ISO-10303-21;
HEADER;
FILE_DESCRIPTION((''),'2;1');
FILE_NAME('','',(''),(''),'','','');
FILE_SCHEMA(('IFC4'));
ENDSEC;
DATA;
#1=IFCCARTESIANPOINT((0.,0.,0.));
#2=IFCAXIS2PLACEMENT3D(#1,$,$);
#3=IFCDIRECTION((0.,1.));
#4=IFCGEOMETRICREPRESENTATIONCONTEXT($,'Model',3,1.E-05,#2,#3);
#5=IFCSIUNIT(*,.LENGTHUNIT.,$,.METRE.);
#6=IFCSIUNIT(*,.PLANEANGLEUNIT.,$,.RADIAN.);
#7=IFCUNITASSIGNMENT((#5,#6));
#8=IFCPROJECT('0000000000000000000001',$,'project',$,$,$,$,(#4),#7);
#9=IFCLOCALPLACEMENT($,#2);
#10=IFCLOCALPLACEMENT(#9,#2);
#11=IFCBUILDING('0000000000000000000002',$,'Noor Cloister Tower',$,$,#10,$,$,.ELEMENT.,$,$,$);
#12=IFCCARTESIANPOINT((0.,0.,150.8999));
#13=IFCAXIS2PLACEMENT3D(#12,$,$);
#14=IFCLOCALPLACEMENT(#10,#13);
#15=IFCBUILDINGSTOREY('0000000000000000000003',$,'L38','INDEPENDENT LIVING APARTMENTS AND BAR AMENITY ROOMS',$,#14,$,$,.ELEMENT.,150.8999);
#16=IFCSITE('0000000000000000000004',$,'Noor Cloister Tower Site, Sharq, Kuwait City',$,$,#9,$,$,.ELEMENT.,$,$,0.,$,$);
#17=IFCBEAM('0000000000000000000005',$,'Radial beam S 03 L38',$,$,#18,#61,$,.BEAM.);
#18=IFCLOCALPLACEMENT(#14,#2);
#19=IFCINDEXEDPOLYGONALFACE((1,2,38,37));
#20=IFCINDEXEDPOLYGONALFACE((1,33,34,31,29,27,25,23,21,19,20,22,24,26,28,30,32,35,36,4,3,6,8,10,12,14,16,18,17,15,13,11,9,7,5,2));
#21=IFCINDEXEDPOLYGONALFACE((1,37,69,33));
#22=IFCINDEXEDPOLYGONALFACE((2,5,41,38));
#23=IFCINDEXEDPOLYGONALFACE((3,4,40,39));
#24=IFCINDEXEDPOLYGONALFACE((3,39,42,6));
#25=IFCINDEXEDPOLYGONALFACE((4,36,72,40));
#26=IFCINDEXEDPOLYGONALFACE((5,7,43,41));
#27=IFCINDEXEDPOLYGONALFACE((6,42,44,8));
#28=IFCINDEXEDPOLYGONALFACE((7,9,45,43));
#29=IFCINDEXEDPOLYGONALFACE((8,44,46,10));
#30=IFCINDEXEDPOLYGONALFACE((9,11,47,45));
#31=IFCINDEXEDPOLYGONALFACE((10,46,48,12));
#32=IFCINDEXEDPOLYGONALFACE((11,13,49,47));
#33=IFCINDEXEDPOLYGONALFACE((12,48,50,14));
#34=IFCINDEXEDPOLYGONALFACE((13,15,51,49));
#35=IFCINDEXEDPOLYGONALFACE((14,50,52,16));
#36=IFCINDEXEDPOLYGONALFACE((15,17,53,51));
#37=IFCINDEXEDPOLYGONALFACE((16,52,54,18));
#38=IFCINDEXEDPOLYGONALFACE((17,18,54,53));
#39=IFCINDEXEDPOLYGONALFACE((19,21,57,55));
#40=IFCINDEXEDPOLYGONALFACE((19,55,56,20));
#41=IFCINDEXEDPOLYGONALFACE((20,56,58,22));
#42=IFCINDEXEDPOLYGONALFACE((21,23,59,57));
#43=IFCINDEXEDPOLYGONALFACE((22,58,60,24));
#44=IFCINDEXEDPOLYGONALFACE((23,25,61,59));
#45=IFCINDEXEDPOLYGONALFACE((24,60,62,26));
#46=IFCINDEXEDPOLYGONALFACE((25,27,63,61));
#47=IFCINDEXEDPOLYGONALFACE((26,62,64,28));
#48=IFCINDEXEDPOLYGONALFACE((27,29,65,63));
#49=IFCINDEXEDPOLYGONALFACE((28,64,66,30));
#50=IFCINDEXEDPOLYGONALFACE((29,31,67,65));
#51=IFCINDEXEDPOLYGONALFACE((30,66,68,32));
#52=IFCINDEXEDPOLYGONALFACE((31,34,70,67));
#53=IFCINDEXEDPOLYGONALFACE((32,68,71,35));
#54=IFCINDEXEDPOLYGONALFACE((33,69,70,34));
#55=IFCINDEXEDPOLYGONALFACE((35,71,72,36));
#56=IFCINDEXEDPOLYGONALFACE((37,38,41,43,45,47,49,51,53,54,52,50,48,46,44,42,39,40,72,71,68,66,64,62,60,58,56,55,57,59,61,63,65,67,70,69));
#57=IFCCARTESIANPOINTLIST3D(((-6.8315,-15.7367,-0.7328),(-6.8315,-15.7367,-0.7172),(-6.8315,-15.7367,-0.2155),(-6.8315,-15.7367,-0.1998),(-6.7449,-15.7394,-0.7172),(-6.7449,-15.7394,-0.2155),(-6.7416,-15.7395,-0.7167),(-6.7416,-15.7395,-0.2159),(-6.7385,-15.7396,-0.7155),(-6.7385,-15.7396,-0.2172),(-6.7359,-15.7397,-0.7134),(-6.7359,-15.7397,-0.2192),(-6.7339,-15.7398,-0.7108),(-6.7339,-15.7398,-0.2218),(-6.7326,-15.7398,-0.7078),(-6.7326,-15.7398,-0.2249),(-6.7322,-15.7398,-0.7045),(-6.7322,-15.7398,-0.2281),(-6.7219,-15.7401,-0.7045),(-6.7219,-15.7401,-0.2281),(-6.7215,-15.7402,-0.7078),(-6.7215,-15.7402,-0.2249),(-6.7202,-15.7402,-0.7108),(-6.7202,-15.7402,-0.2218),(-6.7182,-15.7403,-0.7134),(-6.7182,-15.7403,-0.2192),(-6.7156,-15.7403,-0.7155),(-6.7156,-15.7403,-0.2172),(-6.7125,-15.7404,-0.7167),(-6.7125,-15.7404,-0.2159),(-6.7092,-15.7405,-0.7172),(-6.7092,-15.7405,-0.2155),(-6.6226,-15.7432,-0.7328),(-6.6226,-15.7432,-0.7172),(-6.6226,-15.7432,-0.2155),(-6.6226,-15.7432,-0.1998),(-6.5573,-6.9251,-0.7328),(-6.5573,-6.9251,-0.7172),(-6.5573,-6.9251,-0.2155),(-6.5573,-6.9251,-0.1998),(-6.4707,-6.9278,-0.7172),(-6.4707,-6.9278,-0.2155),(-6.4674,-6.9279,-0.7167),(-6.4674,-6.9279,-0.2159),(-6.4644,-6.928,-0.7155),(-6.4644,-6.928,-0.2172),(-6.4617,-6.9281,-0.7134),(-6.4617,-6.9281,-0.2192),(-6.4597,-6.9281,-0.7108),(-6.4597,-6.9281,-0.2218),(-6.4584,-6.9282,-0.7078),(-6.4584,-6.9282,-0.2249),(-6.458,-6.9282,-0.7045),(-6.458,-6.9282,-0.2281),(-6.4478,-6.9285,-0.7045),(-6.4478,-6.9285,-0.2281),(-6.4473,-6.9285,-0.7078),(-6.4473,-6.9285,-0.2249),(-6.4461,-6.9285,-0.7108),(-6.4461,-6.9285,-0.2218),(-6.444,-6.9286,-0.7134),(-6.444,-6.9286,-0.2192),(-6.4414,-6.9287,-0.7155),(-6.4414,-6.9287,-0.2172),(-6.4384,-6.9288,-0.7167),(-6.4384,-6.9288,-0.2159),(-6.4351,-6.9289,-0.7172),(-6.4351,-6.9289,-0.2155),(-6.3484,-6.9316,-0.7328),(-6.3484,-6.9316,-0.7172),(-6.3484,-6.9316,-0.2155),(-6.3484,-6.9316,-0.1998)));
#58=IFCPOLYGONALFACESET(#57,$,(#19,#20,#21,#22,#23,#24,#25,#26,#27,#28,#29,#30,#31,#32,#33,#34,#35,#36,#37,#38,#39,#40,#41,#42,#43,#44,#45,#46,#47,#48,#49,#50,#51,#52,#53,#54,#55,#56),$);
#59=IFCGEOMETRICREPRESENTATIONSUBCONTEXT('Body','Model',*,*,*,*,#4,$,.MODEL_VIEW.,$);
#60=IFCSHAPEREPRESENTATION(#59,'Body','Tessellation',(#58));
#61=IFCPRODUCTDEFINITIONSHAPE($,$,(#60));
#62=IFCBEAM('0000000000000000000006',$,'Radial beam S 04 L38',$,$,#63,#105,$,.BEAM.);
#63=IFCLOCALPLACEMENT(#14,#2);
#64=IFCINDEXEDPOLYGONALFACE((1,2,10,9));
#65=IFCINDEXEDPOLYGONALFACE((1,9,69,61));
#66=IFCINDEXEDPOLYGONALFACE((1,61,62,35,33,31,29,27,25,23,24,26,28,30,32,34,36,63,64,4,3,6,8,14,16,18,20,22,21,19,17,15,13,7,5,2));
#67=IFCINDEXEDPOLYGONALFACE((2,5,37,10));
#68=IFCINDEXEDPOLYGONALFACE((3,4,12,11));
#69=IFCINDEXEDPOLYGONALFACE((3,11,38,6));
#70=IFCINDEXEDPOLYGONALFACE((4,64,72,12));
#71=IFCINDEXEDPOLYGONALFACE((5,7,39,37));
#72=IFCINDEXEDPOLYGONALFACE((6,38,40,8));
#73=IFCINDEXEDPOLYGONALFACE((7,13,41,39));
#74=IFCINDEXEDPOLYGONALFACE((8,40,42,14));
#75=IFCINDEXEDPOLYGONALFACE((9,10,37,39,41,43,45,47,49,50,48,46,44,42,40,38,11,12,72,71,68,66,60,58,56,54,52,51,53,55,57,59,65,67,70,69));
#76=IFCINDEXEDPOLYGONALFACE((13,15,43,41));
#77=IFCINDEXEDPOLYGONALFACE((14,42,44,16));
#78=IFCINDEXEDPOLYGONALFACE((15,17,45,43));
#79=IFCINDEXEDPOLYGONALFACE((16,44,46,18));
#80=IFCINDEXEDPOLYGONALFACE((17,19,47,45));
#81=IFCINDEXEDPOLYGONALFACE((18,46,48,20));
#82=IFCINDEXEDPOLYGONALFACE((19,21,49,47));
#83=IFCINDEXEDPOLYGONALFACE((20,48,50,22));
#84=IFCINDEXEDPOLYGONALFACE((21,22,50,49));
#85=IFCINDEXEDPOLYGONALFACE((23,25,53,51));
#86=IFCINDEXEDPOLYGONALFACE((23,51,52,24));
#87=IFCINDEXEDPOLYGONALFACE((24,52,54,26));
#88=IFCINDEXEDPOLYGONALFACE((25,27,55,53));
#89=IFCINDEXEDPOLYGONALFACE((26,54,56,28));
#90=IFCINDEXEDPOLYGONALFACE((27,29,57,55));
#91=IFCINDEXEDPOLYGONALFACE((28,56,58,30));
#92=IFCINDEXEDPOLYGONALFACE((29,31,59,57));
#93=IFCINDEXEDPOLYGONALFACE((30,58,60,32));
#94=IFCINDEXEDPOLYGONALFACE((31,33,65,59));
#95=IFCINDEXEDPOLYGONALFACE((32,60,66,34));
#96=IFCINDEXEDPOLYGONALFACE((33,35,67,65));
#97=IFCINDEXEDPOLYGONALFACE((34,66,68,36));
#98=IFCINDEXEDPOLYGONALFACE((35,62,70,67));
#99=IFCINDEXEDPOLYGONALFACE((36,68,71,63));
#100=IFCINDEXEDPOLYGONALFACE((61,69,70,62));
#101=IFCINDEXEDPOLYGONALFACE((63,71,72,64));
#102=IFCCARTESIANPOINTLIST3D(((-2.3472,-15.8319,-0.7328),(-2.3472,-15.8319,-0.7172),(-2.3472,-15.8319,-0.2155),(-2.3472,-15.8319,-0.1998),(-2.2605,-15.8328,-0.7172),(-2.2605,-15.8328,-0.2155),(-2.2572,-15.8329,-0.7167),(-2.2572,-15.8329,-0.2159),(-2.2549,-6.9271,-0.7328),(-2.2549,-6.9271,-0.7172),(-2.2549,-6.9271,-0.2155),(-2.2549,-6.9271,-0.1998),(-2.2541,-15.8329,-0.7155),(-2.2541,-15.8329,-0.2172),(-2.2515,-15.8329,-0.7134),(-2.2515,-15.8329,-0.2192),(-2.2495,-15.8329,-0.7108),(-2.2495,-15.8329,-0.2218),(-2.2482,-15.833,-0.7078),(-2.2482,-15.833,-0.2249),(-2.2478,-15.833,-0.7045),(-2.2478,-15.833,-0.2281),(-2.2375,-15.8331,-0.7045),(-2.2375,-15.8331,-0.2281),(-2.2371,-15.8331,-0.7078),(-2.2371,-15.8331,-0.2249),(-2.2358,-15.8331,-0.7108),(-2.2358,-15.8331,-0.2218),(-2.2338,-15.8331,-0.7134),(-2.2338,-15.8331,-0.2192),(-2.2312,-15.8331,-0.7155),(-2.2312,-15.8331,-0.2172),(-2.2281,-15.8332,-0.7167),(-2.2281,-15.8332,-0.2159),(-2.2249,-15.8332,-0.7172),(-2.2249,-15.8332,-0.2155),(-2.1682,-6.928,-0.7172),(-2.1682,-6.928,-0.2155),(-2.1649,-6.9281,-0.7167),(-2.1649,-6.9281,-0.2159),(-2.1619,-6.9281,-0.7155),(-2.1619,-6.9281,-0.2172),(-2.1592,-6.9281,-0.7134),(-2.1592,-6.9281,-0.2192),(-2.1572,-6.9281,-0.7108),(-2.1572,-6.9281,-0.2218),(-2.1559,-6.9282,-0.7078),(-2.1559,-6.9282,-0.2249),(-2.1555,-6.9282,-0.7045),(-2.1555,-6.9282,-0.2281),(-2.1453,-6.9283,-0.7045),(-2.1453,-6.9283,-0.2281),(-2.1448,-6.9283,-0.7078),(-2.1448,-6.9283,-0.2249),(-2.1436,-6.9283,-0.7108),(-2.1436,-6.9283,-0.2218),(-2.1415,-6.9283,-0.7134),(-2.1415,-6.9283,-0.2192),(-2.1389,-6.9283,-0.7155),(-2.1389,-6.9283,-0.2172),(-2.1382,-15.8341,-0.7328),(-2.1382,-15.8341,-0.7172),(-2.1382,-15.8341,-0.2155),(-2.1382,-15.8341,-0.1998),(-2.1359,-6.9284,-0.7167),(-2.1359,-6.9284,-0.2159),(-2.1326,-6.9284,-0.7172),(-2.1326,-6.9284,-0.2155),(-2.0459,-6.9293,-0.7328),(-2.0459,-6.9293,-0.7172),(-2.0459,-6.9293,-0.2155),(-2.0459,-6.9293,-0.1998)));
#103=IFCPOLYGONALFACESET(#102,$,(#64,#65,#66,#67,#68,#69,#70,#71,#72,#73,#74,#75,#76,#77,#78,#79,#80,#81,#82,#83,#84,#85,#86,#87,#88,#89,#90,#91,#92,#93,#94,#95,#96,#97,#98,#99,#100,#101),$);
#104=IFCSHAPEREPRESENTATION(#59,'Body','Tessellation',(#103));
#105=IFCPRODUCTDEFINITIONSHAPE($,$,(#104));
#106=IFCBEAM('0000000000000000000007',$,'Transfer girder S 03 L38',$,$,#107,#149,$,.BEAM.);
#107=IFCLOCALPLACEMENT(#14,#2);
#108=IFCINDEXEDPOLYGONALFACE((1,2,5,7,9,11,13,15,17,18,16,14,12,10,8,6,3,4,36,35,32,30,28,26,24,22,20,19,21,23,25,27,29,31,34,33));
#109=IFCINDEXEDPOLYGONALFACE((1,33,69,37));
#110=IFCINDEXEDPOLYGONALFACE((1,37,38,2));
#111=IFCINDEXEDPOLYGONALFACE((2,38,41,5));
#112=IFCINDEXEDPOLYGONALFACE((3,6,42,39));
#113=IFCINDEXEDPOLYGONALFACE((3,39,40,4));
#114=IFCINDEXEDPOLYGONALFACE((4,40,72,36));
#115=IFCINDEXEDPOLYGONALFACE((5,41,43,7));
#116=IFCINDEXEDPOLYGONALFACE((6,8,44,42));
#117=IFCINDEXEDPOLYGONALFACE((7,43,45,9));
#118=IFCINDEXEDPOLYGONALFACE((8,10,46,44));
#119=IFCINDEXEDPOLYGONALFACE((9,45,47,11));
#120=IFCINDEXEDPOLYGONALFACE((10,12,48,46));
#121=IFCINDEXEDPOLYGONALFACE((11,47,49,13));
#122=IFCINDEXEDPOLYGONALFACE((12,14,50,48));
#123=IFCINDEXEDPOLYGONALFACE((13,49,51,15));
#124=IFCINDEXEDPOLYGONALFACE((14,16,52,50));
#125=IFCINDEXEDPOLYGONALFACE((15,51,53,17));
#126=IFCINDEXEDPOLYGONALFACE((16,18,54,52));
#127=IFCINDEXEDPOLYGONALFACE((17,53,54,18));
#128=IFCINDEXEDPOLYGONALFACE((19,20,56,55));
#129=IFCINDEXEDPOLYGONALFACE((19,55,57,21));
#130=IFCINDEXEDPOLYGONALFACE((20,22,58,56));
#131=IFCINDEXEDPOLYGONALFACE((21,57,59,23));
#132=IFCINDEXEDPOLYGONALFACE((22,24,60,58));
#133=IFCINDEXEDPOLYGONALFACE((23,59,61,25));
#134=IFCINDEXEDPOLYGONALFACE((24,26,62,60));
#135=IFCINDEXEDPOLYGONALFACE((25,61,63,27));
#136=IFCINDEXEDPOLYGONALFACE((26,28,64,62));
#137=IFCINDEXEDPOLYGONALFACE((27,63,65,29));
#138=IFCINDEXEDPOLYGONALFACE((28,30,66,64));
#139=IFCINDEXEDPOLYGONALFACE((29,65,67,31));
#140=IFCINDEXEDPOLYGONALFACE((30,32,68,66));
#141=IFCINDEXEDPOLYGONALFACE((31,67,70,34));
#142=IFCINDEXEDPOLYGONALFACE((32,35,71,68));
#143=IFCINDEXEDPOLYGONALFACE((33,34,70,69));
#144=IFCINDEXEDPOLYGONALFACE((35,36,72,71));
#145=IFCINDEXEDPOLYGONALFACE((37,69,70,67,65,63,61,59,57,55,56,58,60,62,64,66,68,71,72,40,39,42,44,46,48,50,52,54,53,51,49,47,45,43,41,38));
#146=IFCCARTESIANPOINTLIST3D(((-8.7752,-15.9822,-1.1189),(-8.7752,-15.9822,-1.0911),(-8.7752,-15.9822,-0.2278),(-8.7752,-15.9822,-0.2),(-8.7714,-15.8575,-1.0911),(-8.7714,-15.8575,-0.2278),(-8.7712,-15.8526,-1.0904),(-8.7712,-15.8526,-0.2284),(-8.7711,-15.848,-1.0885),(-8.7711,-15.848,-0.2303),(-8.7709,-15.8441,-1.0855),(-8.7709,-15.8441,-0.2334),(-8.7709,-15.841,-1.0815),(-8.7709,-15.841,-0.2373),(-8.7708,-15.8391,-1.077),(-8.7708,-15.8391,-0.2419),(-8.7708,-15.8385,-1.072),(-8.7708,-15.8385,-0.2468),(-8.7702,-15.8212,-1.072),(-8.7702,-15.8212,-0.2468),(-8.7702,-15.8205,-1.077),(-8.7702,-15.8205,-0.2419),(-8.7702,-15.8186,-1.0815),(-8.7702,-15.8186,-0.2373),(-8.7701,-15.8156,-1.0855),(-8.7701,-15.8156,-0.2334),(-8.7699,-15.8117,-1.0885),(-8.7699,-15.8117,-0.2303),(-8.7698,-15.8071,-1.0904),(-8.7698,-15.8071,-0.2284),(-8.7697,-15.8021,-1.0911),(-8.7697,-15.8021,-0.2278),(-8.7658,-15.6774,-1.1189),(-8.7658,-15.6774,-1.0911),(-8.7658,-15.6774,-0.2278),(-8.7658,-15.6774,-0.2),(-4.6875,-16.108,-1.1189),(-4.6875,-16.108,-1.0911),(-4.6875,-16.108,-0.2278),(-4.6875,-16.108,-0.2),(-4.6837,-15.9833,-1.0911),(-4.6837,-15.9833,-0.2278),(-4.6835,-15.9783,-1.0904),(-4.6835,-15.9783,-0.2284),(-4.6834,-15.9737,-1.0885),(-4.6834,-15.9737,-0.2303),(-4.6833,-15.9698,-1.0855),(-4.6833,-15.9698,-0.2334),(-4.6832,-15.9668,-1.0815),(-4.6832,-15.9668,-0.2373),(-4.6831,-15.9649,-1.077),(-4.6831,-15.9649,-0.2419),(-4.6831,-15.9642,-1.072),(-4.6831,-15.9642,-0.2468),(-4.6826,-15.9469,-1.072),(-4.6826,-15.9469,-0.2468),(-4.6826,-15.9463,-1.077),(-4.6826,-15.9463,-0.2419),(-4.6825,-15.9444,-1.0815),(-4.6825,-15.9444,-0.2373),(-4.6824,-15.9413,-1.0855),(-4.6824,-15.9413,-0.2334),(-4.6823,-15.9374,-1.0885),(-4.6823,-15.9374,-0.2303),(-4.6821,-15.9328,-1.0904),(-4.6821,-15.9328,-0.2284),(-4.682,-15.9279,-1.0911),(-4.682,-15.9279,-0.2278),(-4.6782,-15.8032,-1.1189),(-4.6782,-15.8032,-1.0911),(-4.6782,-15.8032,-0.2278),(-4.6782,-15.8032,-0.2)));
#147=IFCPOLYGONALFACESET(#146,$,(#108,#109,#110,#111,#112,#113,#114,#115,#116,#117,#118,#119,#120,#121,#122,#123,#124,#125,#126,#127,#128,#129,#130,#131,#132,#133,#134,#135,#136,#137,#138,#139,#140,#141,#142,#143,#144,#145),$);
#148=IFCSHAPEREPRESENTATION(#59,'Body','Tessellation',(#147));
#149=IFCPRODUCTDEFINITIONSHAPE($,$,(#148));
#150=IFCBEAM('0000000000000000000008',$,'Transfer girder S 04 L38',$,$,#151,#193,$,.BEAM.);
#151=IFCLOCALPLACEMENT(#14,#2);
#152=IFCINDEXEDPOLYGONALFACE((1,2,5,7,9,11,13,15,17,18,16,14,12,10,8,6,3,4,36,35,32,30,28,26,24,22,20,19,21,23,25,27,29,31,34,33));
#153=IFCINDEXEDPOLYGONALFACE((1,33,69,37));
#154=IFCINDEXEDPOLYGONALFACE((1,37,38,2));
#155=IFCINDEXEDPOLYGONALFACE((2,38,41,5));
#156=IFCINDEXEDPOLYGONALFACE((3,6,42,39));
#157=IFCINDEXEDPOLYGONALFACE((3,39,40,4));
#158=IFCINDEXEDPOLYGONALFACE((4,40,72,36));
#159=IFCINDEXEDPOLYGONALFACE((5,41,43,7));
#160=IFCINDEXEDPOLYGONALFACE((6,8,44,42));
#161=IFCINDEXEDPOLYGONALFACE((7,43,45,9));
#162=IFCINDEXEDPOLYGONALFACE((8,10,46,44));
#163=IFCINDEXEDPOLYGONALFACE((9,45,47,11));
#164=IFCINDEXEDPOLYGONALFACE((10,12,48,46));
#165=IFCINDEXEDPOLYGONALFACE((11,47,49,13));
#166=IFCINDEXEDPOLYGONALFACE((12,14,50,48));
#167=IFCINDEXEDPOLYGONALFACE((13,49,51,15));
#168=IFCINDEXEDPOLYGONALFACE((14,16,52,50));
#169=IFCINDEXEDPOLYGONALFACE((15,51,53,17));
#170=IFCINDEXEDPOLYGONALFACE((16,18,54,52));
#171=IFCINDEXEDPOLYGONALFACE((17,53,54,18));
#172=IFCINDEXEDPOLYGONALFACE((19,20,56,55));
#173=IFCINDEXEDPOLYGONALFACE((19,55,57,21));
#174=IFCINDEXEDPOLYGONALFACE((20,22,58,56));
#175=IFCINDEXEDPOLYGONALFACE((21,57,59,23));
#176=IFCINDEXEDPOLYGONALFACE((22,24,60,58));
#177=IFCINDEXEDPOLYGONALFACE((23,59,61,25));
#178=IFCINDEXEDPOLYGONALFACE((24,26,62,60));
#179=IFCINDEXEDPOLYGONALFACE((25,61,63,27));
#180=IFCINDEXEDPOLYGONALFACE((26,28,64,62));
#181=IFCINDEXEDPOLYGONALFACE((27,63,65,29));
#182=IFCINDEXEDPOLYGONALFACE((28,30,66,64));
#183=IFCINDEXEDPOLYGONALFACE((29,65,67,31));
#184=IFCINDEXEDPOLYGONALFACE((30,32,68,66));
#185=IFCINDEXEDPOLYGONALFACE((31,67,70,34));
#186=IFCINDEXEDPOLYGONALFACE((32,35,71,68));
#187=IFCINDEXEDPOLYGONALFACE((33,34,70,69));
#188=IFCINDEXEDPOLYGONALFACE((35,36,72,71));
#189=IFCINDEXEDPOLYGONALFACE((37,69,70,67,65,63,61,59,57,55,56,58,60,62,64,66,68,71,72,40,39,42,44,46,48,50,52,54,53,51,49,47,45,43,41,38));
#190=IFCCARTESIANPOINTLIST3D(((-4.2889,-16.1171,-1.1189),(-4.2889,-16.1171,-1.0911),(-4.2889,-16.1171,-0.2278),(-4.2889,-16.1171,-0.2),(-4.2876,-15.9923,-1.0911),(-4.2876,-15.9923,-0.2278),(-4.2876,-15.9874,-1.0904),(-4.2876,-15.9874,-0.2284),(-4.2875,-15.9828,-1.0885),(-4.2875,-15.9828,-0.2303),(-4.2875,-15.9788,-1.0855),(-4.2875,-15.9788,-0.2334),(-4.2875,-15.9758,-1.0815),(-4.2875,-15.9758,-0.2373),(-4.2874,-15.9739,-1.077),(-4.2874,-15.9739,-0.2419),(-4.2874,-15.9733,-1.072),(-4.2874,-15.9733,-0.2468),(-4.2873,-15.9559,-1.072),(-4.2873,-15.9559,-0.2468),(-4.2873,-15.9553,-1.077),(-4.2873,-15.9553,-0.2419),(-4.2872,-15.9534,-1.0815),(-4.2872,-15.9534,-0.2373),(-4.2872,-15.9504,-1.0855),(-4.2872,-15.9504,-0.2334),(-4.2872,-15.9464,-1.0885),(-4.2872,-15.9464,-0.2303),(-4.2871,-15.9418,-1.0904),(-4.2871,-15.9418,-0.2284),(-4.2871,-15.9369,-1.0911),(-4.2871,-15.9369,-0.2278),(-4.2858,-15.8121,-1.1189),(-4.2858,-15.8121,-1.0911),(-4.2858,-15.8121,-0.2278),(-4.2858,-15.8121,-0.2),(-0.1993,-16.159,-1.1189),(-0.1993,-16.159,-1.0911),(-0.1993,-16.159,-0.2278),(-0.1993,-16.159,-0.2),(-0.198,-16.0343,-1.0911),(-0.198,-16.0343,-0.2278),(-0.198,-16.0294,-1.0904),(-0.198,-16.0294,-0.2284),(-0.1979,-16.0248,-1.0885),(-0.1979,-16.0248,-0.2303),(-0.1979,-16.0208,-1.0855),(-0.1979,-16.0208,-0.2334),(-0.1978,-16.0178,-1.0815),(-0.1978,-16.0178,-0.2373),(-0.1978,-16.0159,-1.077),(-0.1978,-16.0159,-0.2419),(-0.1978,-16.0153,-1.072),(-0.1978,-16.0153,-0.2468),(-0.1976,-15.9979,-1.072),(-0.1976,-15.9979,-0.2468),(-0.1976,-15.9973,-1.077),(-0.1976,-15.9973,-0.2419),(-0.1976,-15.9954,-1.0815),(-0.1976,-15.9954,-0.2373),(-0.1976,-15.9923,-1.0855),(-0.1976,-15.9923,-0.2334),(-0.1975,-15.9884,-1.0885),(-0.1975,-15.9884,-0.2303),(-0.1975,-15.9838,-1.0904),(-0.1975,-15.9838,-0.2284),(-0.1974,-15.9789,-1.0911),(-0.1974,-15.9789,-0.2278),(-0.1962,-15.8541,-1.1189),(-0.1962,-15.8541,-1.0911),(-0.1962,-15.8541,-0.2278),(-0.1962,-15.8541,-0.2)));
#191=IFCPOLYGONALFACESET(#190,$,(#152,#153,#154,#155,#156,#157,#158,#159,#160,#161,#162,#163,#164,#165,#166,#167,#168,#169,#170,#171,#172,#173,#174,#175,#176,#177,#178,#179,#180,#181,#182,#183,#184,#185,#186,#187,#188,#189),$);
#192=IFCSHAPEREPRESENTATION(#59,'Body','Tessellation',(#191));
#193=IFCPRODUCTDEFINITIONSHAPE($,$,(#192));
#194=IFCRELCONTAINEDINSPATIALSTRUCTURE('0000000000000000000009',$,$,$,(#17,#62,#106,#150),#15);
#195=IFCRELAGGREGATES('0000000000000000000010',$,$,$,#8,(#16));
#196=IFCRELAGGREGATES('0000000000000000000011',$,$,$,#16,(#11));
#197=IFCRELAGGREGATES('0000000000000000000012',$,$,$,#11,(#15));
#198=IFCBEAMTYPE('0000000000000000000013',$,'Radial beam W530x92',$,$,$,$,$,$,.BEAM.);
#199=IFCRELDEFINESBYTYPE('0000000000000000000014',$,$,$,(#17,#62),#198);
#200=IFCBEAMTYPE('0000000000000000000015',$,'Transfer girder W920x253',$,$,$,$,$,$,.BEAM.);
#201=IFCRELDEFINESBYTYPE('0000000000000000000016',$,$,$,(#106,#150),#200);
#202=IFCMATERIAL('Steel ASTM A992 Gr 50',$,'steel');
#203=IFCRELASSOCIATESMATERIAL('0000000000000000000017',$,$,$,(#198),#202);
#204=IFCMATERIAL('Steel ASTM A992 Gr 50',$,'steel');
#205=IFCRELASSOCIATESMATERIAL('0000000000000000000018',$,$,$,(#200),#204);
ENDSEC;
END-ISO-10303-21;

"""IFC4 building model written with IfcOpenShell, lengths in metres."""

from ifc_helpers import new_model, si_unit, direction, frame, origin, origin_2d, place, context, subcontext, project, spatial, i_section, extrude, material, material_profile, profile_set, type_object, element, save


model = new_model("IFC4")

# Units and contexts
model_context = context("Model", 3, precision=1e-05, world=origin(), true_north=direction((0.0, 1.0)))
body_context = subcontext(model_context, "Body", "Model", "MODEL_VIEW")
ifc_project = project(units=[si_unit("LENGTHUNIT", "METRE"), si_unit("PLANEANGLEUNIT", "RADIAN")], contexts=[model_context])

# Site, building, storey
site_placement = place(None, origin())
site = spatial("IfcSite", under=ifc_project, at=site_placement, Name="Noor Cloister Tower Site, Sharq, Kuwait City", CompositionType="ELEMENT", RefElevation=0.0)
building_placement = place(site_placement, origin())
building = spatial("IfcBuilding", under=site, at=building_placement, Name="Noor Cloister Tower", CompositionType="ELEMENT")
storey_placement = place(building_placement, frame((0.0, 0.0, 150.8999)))
storey = spatial("IfcBuildingStorey", under=building, at=storey_placement, Name="L38", Description="INDEPENDENT LIVING APARTMENTS AND BAR AMENITY ROOMS", CompositionType="ELEMENT", Elevation=150.8999)

# Beams
ifc_material_1 = material(Name="Steel ASTM A992 Gr 50", Category="steel")
ifc_material_profile_1 = material_profile(ifc_material_1, i_section(OverallWidth=0.209, OverallDepth=0.533, WebThickness=0.0103, FlangeThickness=0.0156, FilletRadius=0.0127, at=origin_2d()), Name="W530x92")
ifc_profile_set_1 = profile_set([ifc_material_profile_1], Name="Steel ASTM A992 Gr 50")
beam_type_1 = type_object("IfcBeamType", Name="Radial beam W530x92", PredefinedType="BEAM", material=ifc_profile_set_1)
beam_1_placement = place(storey_placement, frame((-6.7271, -15.74, -0.4663), z_axis=(0.031099, 0.999516, 0.0), x_axis=(-0.999516, 0.031099, 0.0)))
element("IfcBeam", 1, at=beam_1_placement, inside=storey, type_object=beam_type_1, Name="Radial beam S 03 L38", PredefinedType="BEAM", context=body_context, shape_type="SweptSolid", body=[
    extrude(i_section(OverallWidth=0.209, OverallDepth=0.533, WebThickness=0.0103, FlangeThickness=0.0156, FilletRadius=0.0127, at=origin_2d()), origin(), (0.0, 0.0, 1.0), 8.8159),
])
beam_2_placement = place(storey_placement, frame((-2.2427, -15.833, -0.4663), z_axis=(0.010363, 0.999946, 0.0), x_axis=(-0.999946, 0.010363, 0.0)))
element("IfcBeam", 2, at=beam_2_placement, inside=storey, type_object=beam_type_1, Name="Radial beam S 04 L38", PredefinedType="BEAM", context=body_context, shape_type="SweptSolid", body=[
    extrude(i_section(OverallWidth=0.209, OverallDepth=0.533, WebThickness=0.0103, FlangeThickness=0.0156, FilletRadius=0.0127, at=origin_2d()), origin(), (0.0, 0.0, 1.0), 8.9053),
])
ifc_material_2 = material(Name="Steel ASTM A992 Gr 50", Category="steel")
ifc_material_profile_2 = material_profile(ifc_material_2, i_section(OverallWidth=0.3049, OverallDepth=0.9189, WebThickness=0.0173, FlangeThickness=0.0278, FilletRadius=0.019, at=origin_2d()), Name="W920x253")
ifc_profile_set_2 = profile_set([ifc_material_profile_2], Name="Steel ASTM A992 Gr 50")
beam_type_2 = type_object("IfcBeamType", Name="Transfer girder W920x253", PredefinedType="BEAM", material=ifc_profile_set_2)
beam_3_placement = place(storey_placement, frame((-8.7705, -15.8298, -0.6594), z_axis=(0.999527, -0.030745, 0.0), x_axis=(0.030745, 0.999527, 0.0)))
element("IfcBeam", 3, at=beam_3_placement, inside=storey, type_object=beam_type_2, Name="Transfer girder S 03 L38", PredefinedType="BEAM", context=body_context, shape_type="SweptSolid", body=[
    extrude(i_section(OverallWidth=0.3049, OverallDepth=0.9189, WebThickness=0.0173, FlangeThickness=0.0278, FilletRadius=0.019, at=origin_2d()), origin(), (0.0, 0.0, 1.0), 4.0896),
])
beam_4_placement = place(storey_placement, frame((-4.2874, -15.9646, -0.6594), z_axis=(0.999947, -0.010268, 0.0), x_axis=(0.010268, 0.999947, 0.0)))
element("IfcBeam", 4, at=beam_4_placement, inside=storey, type_object=beam_type_2, Name="Transfer girder S 04 L38", PredefinedType="BEAM", context=body_context, shape_type="SweptSolid", body=[
    extrude(i_section(OverallWidth=0.3049, OverallDepth=0.9189, WebThickness=0.0173, FlangeThickness=0.0278, FilletRadius=0.019, at=origin_2d()), origin(), (0.0, 0.0, 1.0), 4.0898),
])

save(model, "model.ifc")
